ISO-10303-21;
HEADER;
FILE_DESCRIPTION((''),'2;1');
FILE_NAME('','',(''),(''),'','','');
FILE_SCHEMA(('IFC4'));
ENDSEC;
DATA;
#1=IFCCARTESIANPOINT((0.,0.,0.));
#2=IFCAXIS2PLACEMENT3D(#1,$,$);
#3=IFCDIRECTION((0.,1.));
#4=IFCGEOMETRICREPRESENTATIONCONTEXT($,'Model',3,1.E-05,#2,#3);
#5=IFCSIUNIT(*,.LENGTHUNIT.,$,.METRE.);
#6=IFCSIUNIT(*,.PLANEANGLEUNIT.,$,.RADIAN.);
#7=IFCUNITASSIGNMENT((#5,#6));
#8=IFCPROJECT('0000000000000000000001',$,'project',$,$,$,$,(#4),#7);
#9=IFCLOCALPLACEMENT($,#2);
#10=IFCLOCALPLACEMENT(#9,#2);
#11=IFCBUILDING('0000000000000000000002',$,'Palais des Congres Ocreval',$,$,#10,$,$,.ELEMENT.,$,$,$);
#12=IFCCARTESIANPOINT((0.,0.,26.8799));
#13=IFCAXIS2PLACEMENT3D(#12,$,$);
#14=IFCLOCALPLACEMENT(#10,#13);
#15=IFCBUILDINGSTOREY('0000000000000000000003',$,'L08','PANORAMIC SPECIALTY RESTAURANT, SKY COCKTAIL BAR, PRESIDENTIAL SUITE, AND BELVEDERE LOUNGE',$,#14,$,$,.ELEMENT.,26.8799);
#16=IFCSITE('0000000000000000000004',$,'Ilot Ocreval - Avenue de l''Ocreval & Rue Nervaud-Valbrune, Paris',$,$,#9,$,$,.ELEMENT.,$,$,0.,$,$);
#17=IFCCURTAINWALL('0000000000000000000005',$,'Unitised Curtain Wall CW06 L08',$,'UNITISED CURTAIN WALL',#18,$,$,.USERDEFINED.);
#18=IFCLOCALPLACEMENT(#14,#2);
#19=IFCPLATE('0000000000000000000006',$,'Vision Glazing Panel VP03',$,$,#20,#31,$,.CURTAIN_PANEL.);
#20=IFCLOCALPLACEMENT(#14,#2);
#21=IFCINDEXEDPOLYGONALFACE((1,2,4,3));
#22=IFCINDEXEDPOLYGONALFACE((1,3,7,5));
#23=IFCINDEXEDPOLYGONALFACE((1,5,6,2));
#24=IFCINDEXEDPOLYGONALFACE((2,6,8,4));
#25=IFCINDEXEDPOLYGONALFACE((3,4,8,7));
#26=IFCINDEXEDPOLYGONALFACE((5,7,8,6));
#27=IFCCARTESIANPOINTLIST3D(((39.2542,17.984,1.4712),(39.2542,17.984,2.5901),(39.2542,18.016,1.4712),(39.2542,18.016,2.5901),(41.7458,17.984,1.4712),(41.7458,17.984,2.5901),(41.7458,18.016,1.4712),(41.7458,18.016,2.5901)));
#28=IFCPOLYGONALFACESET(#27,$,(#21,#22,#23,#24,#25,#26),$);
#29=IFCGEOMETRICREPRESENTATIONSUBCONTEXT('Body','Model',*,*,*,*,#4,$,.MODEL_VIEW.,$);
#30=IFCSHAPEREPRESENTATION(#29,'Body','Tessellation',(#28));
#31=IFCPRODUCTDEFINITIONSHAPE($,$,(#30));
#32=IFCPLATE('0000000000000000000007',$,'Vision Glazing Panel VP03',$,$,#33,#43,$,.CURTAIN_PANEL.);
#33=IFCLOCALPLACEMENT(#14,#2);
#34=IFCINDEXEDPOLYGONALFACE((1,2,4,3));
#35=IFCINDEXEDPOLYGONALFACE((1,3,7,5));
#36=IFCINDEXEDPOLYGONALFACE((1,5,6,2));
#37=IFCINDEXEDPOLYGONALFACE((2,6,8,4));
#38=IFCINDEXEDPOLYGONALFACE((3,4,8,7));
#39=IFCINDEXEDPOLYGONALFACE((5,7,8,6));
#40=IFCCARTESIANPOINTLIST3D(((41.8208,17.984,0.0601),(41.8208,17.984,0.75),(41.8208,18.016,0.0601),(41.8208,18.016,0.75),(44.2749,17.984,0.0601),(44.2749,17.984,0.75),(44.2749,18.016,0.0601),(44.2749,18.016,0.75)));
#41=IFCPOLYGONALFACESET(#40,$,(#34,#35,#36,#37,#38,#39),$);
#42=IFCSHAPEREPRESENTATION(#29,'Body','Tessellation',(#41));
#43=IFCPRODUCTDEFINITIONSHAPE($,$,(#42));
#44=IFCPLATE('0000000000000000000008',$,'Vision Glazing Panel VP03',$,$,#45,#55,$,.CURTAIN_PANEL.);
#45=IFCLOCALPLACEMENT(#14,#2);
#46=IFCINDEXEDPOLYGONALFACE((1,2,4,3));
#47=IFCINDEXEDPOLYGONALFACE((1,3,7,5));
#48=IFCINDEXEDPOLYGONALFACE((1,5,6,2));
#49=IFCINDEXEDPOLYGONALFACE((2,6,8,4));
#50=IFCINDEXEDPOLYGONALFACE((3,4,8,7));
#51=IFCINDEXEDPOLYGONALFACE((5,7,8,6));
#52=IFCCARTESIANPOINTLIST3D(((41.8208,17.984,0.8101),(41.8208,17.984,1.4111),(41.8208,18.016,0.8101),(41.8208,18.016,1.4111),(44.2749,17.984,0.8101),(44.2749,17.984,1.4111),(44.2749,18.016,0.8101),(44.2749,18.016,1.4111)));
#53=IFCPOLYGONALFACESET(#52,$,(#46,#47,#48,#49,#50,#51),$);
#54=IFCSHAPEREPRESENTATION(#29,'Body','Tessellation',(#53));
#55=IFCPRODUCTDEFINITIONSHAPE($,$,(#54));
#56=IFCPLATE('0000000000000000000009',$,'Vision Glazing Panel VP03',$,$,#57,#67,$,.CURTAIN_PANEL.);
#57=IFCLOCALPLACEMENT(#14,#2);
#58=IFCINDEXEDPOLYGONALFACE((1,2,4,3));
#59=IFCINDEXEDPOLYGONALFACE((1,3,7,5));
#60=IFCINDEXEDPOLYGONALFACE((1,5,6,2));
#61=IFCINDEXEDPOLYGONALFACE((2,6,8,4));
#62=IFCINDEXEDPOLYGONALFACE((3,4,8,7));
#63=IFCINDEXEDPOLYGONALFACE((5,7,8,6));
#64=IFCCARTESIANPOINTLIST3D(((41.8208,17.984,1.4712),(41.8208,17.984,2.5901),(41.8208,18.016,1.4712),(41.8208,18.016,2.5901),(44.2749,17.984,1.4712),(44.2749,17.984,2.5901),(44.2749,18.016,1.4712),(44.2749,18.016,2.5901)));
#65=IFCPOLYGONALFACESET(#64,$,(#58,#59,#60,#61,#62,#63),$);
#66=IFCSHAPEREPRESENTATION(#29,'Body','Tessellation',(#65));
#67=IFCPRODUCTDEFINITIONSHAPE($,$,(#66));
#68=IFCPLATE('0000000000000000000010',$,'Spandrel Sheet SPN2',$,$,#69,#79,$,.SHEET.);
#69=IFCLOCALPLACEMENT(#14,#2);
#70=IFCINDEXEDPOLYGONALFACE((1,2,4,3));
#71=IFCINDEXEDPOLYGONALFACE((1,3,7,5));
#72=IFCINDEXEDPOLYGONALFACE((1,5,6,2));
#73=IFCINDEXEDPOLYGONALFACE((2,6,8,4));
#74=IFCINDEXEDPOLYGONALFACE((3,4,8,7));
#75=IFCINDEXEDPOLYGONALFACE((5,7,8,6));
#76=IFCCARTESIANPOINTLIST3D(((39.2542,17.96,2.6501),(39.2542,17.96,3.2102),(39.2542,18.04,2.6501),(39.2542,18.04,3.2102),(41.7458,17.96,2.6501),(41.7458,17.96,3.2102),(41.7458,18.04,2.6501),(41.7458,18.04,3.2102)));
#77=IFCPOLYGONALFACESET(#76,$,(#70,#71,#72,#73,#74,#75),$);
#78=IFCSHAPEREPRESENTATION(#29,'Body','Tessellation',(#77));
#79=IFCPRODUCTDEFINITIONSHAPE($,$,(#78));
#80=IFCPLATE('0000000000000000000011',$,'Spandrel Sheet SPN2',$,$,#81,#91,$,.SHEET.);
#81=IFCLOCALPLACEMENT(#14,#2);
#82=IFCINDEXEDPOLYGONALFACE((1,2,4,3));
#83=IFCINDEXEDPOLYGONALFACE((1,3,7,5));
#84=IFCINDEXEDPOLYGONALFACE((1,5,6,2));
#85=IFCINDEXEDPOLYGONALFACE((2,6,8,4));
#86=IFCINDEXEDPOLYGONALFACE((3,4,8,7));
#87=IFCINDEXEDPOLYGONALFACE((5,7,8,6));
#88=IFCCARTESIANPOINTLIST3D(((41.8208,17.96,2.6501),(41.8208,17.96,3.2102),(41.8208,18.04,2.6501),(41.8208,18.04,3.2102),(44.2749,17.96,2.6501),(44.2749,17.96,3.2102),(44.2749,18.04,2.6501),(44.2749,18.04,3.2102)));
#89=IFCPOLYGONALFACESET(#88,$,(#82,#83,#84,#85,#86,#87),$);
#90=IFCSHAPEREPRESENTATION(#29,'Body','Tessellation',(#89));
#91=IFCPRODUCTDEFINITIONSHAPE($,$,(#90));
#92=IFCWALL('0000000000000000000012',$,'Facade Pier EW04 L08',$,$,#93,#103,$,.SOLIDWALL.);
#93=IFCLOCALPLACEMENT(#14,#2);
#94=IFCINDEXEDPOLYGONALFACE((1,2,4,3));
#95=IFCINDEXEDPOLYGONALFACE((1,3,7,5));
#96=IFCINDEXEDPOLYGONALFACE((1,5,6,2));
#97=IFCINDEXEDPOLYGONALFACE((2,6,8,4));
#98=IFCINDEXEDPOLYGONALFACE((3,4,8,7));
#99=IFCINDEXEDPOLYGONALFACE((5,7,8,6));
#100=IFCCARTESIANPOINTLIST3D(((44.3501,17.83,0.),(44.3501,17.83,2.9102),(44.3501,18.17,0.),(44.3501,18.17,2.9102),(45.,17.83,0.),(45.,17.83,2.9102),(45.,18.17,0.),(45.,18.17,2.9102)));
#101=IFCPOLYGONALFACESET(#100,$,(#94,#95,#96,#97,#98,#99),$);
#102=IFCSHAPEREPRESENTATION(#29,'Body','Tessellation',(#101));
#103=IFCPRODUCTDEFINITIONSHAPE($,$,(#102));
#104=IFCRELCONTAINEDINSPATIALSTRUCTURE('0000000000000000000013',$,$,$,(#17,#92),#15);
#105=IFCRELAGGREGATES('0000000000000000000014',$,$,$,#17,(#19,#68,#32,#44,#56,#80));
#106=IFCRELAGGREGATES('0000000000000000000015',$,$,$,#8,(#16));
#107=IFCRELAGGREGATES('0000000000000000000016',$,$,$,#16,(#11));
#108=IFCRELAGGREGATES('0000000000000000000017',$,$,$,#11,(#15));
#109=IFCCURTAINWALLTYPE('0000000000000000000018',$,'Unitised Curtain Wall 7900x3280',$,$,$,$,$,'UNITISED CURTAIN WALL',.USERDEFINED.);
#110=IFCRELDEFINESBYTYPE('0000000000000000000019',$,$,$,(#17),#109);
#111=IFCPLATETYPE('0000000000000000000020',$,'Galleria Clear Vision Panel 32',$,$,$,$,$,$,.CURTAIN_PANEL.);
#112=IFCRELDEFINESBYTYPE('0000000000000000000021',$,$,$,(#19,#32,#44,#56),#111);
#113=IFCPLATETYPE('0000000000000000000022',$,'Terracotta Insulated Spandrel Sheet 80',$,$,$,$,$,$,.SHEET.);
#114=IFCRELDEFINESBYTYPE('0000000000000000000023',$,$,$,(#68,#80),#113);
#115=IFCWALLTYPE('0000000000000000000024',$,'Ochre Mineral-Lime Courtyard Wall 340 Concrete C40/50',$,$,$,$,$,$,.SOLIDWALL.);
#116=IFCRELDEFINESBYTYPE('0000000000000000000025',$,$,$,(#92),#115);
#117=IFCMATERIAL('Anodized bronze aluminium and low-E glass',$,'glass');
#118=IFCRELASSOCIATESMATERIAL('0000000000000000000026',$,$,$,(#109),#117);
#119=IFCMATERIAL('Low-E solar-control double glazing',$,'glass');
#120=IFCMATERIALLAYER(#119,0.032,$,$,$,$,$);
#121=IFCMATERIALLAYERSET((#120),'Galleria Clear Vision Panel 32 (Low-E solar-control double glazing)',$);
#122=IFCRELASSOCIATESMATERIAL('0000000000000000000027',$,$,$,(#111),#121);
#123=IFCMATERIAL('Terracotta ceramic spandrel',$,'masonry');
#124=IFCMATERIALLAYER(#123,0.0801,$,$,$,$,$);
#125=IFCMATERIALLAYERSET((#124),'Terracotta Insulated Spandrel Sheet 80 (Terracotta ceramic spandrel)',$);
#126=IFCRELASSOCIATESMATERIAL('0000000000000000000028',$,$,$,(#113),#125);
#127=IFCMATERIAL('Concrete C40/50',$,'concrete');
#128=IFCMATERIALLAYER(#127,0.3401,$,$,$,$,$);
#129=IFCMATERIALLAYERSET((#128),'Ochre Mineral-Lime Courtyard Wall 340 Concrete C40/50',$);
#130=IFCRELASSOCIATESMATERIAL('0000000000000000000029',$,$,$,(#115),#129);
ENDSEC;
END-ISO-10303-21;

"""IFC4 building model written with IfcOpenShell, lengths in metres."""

from ifc_helpers import new_model, si_unit, direction, frame, frame_2d, origin, origin_2d, place, context, subcontext, project, spatial, rectangle, extrude, material, layer, layer_set, type_object, element, aggregate, save


model = new_model("IFC4")

# Units and contexts
model_context = context("Model", 3, precision=1e-05, world=origin(), true_north=direction((0.0, 1.0)))
body_context = subcontext(model_context, "Body", "Model", "MODEL_VIEW")
ifc_project = project(units=[si_unit("LENGTHUNIT", "METRE"), si_unit("PLANEANGLEUNIT", "RADIAN")], contexts=[model_context])

# Site, building, storey
site_placement = place(None, origin())
site = spatial("IfcSite", under=ifc_project, at=site_placement, Name="Ilot Ocreval - Avenue de l'Ocreval & Rue Nervaud-Valbrune, Paris", CompositionType="ELEMENT", RefElevation=0.0)
building_placement = place(site_placement, origin())
building = spatial("IfcBuilding", under=site, at=building_placement, Name="Palais des Congres Ocreval", CompositionType="ELEMENT")
storey_placement = place(building_placement, frame((0.0, 0.0, 26.8799)))
storey = spatial("IfcBuildingStorey", under=building, at=storey_placement, Name="L08", Description="PANORAMIC SPECIALTY RESTAURANT, SKY COCKTAIL BAR, PRESIDENTIAL SUITE, AND BELVEDERE LOUNGE", CompositionType="ELEMENT", Elevation=26.8799)

# Curtain wall, plates
ifc_material_1 = material(Name="Anodized bronze aluminium and low-E glass", Category="glass")
curtain_wall_type = type_object("IfcCurtainWallType", Name="Unitised Curtain Wall 7900x3280", ElementType="UNITISED CURTAIN WALL", PredefinedType="USERDEFINED", material=ifc_material_1)
curtain_wall_placement = place(storey_placement, origin())
curtain_wall = element("IfcCurtainWall", 1, at=curtain_wall_placement, inside=storey, type_object=curtain_wall_type, Name="Unitised Curtain Wall CW06 L08", ObjectType="UNITISED CURTAIN WALL", PredefinedType="USERDEFINED")
ifc_material_2 = material(Name="Low-E solar-control double glazing", Category="glass")
ifc_layer_1 = layer(ifc_material_2, 0.032)
ifc_layer_set_1 = layer_set([ifc_layer_1], Name="Galleria Clear Vision Panel 32 (Low-E solar-control double glazing)")
plate_type_1 = type_object("IfcPlateType", Name="Galleria Clear Vision Panel 32", PredefinedType="CURTAIN_PANEL", material=ifc_layer_set_1)
plate_1_placement = place(storey_placement, frame((40.5, 18.0, 1.4712), z_axis=(0.0, 0.0, 1.0), x_axis=(1.0, 0.0, 0.0)))
plate_1 = element("IfcPlate", 2, at=plate_1_placement, type_object=plate_type_1, Name="Vision Glazing Panel VP03", PredefinedType="CURTAIN_PANEL", context=body_context, shape_type="SweptSolid", body=[
    extrude(rectangle(XDim=2.4917, YDim=0.032, at=origin_2d()), origin(), (0.0, 0.0, 1.0), 1.1189),
])
plate_2_placement = place(storey_placement, frame((43.0479, 18.0, 0.0601), z_axis=(0.0, 0.0, 1.0), x_axis=(1.0, 0.0, 0.0)))
plate_2 = element("IfcPlate", 3, at=plate_2_placement, type_object=plate_type_1, Name="Vision Glazing Panel VP03", PredefinedType="CURTAIN_PANEL", context=body_context, shape_type="SweptSolid", body=[
    extrude(rectangle(XDim=2.4541, YDim=0.032, at=origin_2d()), origin(), (0.0, 0.0, 1.0), 0.6899),
])
plate_3_placement = place(storey_placement, frame((43.0479, 18.0, 0.8101), z_axis=(0.0, 0.0, 1.0), x_axis=(1.0, 0.0, 0.0)))
plate_3 = element("IfcPlate", 4, at=plate_3_placement, type_object=plate_type_1, Name="Vision Glazing Panel VP03", PredefinedType="CURTAIN_PANEL", context=body_context, shape_type="SweptSolid", body=[
    extrude(rectangle(XDim=2.4541, YDim=0.032, at=origin_2d()), origin(), (0.0, 0.0, 1.0), 0.6011),
])
plate_4_placement = place(storey_placement, frame((43.0479, 18.0, 1.4712), z_axis=(0.0, 0.0, 1.0), x_axis=(1.0, 0.0, 0.0)))
plate_4 = element("IfcPlate", 5, at=plate_4_placement, type_object=plate_type_1, Name="Vision Glazing Panel VP03", PredefinedType="CURTAIN_PANEL", context=body_context, shape_type="SweptSolid", body=[
    extrude(rectangle(XDim=2.4541, YDim=0.032, at=origin_2d()), origin(), (0.0, 0.0, 1.0), 1.1189),
])
ifc_material_3 = material(Name="Terracotta ceramic spandrel", Category="masonry")
ifc_layer_2 = layer(ifc_material_3, 0.0801)
ifc_layer_set_2 = layer_set([ifc_layer_2], Name="Terracotta Insulated Spandrel Sheet 80 (Terracotta ceramic spandrel)")
plate_type_2 = type_object("IfcPlateType", Name="Terracotta Insulated Spandrel Sheet 80", PredefinedType="SHEET", material=ifc_layer_set_2)
plate_5_placement = place(storey_placement, frame((40.5, 18.0, 2.6501), z_axis=(0.0, 0.0, 1.0), x_axis=(1.0, 0.0, 0.0)))
plate_5 = element("IfcPlate", 6, at=plate_5_placement, type_object=plate_type_2, Name="Spandrel Sheet SPN2", PredefinedType="SHEET", context=body_context, shape_type="SweptSolid", body=[
    extrude(rectangle(XDim=2.4917, YDim=0.0801, at=origin_2d()), origin(), (0.0, 0.0, 1.0), 0.5601),
])
plate_6_placement = place(storey_placement, frame((43.0479, 18.0, 2.6501), z_axis=(0.0, 0.0, 1.0), x_axis=(1.0, 0.0, 0.0)))
plate_6 = element("IfcPlate", 7, at=plate_6_placement, type_object=plate_type_2, Name="Spandrel Sheet SPN2", PredefinedType="SHEET", context=body_context, shape_type="SweptSolid", body=[
    extrude(rectangle(XDim=2.4541, YDim=0.0801, at=origin_2d()), origin(), (0.0, 0.0, 1.0), 0.5601),
])
aggregate(curtain_wall, [plate_1, plate_5, plate_2, plate_3, plate_4, plate_6])

# Wall
ifc_material_4 = material(Name="Concrete C40/50", Category="concrete")
ifc_layer_3 = layer(ifc_material_4, 0.3401)
ifc_layer_set_3 = layer_set([ifc_layer_3], Name="Ochre Mineral-Lime Courtyard Wall 340 Concrete C40/50")
wall_type = type_object("IfcWallType", Name="Ochre Mineral-Lime Courtyard Wall 340 Concrete C40/50", PredefinedType="SOLIDWALL", material=ifc_layer_set_3)
wall_placement = place(storey_placement, frame((44.3501, 18.0, 0.0), z_axis=(0.0, 0.0, 1.0), x_axis=(1.0, 0.0, 0.0)))
element("IfcWall", 8, at=wall_placement, inside=storey, type_object=wall_type, Name="Facade Pier EW04 L08", PredefinedType="SOLIDWALL", context=body_context, shape_type="SweptSolid", body=[
    extrude(rectangle(XDim=0.6499, YDim=0.3401, at=frame_2d((0.325, 0.0))), origin(), (0.0, 0.0, 1.0), 2.9102),
])

save(model, "model.ifc")
